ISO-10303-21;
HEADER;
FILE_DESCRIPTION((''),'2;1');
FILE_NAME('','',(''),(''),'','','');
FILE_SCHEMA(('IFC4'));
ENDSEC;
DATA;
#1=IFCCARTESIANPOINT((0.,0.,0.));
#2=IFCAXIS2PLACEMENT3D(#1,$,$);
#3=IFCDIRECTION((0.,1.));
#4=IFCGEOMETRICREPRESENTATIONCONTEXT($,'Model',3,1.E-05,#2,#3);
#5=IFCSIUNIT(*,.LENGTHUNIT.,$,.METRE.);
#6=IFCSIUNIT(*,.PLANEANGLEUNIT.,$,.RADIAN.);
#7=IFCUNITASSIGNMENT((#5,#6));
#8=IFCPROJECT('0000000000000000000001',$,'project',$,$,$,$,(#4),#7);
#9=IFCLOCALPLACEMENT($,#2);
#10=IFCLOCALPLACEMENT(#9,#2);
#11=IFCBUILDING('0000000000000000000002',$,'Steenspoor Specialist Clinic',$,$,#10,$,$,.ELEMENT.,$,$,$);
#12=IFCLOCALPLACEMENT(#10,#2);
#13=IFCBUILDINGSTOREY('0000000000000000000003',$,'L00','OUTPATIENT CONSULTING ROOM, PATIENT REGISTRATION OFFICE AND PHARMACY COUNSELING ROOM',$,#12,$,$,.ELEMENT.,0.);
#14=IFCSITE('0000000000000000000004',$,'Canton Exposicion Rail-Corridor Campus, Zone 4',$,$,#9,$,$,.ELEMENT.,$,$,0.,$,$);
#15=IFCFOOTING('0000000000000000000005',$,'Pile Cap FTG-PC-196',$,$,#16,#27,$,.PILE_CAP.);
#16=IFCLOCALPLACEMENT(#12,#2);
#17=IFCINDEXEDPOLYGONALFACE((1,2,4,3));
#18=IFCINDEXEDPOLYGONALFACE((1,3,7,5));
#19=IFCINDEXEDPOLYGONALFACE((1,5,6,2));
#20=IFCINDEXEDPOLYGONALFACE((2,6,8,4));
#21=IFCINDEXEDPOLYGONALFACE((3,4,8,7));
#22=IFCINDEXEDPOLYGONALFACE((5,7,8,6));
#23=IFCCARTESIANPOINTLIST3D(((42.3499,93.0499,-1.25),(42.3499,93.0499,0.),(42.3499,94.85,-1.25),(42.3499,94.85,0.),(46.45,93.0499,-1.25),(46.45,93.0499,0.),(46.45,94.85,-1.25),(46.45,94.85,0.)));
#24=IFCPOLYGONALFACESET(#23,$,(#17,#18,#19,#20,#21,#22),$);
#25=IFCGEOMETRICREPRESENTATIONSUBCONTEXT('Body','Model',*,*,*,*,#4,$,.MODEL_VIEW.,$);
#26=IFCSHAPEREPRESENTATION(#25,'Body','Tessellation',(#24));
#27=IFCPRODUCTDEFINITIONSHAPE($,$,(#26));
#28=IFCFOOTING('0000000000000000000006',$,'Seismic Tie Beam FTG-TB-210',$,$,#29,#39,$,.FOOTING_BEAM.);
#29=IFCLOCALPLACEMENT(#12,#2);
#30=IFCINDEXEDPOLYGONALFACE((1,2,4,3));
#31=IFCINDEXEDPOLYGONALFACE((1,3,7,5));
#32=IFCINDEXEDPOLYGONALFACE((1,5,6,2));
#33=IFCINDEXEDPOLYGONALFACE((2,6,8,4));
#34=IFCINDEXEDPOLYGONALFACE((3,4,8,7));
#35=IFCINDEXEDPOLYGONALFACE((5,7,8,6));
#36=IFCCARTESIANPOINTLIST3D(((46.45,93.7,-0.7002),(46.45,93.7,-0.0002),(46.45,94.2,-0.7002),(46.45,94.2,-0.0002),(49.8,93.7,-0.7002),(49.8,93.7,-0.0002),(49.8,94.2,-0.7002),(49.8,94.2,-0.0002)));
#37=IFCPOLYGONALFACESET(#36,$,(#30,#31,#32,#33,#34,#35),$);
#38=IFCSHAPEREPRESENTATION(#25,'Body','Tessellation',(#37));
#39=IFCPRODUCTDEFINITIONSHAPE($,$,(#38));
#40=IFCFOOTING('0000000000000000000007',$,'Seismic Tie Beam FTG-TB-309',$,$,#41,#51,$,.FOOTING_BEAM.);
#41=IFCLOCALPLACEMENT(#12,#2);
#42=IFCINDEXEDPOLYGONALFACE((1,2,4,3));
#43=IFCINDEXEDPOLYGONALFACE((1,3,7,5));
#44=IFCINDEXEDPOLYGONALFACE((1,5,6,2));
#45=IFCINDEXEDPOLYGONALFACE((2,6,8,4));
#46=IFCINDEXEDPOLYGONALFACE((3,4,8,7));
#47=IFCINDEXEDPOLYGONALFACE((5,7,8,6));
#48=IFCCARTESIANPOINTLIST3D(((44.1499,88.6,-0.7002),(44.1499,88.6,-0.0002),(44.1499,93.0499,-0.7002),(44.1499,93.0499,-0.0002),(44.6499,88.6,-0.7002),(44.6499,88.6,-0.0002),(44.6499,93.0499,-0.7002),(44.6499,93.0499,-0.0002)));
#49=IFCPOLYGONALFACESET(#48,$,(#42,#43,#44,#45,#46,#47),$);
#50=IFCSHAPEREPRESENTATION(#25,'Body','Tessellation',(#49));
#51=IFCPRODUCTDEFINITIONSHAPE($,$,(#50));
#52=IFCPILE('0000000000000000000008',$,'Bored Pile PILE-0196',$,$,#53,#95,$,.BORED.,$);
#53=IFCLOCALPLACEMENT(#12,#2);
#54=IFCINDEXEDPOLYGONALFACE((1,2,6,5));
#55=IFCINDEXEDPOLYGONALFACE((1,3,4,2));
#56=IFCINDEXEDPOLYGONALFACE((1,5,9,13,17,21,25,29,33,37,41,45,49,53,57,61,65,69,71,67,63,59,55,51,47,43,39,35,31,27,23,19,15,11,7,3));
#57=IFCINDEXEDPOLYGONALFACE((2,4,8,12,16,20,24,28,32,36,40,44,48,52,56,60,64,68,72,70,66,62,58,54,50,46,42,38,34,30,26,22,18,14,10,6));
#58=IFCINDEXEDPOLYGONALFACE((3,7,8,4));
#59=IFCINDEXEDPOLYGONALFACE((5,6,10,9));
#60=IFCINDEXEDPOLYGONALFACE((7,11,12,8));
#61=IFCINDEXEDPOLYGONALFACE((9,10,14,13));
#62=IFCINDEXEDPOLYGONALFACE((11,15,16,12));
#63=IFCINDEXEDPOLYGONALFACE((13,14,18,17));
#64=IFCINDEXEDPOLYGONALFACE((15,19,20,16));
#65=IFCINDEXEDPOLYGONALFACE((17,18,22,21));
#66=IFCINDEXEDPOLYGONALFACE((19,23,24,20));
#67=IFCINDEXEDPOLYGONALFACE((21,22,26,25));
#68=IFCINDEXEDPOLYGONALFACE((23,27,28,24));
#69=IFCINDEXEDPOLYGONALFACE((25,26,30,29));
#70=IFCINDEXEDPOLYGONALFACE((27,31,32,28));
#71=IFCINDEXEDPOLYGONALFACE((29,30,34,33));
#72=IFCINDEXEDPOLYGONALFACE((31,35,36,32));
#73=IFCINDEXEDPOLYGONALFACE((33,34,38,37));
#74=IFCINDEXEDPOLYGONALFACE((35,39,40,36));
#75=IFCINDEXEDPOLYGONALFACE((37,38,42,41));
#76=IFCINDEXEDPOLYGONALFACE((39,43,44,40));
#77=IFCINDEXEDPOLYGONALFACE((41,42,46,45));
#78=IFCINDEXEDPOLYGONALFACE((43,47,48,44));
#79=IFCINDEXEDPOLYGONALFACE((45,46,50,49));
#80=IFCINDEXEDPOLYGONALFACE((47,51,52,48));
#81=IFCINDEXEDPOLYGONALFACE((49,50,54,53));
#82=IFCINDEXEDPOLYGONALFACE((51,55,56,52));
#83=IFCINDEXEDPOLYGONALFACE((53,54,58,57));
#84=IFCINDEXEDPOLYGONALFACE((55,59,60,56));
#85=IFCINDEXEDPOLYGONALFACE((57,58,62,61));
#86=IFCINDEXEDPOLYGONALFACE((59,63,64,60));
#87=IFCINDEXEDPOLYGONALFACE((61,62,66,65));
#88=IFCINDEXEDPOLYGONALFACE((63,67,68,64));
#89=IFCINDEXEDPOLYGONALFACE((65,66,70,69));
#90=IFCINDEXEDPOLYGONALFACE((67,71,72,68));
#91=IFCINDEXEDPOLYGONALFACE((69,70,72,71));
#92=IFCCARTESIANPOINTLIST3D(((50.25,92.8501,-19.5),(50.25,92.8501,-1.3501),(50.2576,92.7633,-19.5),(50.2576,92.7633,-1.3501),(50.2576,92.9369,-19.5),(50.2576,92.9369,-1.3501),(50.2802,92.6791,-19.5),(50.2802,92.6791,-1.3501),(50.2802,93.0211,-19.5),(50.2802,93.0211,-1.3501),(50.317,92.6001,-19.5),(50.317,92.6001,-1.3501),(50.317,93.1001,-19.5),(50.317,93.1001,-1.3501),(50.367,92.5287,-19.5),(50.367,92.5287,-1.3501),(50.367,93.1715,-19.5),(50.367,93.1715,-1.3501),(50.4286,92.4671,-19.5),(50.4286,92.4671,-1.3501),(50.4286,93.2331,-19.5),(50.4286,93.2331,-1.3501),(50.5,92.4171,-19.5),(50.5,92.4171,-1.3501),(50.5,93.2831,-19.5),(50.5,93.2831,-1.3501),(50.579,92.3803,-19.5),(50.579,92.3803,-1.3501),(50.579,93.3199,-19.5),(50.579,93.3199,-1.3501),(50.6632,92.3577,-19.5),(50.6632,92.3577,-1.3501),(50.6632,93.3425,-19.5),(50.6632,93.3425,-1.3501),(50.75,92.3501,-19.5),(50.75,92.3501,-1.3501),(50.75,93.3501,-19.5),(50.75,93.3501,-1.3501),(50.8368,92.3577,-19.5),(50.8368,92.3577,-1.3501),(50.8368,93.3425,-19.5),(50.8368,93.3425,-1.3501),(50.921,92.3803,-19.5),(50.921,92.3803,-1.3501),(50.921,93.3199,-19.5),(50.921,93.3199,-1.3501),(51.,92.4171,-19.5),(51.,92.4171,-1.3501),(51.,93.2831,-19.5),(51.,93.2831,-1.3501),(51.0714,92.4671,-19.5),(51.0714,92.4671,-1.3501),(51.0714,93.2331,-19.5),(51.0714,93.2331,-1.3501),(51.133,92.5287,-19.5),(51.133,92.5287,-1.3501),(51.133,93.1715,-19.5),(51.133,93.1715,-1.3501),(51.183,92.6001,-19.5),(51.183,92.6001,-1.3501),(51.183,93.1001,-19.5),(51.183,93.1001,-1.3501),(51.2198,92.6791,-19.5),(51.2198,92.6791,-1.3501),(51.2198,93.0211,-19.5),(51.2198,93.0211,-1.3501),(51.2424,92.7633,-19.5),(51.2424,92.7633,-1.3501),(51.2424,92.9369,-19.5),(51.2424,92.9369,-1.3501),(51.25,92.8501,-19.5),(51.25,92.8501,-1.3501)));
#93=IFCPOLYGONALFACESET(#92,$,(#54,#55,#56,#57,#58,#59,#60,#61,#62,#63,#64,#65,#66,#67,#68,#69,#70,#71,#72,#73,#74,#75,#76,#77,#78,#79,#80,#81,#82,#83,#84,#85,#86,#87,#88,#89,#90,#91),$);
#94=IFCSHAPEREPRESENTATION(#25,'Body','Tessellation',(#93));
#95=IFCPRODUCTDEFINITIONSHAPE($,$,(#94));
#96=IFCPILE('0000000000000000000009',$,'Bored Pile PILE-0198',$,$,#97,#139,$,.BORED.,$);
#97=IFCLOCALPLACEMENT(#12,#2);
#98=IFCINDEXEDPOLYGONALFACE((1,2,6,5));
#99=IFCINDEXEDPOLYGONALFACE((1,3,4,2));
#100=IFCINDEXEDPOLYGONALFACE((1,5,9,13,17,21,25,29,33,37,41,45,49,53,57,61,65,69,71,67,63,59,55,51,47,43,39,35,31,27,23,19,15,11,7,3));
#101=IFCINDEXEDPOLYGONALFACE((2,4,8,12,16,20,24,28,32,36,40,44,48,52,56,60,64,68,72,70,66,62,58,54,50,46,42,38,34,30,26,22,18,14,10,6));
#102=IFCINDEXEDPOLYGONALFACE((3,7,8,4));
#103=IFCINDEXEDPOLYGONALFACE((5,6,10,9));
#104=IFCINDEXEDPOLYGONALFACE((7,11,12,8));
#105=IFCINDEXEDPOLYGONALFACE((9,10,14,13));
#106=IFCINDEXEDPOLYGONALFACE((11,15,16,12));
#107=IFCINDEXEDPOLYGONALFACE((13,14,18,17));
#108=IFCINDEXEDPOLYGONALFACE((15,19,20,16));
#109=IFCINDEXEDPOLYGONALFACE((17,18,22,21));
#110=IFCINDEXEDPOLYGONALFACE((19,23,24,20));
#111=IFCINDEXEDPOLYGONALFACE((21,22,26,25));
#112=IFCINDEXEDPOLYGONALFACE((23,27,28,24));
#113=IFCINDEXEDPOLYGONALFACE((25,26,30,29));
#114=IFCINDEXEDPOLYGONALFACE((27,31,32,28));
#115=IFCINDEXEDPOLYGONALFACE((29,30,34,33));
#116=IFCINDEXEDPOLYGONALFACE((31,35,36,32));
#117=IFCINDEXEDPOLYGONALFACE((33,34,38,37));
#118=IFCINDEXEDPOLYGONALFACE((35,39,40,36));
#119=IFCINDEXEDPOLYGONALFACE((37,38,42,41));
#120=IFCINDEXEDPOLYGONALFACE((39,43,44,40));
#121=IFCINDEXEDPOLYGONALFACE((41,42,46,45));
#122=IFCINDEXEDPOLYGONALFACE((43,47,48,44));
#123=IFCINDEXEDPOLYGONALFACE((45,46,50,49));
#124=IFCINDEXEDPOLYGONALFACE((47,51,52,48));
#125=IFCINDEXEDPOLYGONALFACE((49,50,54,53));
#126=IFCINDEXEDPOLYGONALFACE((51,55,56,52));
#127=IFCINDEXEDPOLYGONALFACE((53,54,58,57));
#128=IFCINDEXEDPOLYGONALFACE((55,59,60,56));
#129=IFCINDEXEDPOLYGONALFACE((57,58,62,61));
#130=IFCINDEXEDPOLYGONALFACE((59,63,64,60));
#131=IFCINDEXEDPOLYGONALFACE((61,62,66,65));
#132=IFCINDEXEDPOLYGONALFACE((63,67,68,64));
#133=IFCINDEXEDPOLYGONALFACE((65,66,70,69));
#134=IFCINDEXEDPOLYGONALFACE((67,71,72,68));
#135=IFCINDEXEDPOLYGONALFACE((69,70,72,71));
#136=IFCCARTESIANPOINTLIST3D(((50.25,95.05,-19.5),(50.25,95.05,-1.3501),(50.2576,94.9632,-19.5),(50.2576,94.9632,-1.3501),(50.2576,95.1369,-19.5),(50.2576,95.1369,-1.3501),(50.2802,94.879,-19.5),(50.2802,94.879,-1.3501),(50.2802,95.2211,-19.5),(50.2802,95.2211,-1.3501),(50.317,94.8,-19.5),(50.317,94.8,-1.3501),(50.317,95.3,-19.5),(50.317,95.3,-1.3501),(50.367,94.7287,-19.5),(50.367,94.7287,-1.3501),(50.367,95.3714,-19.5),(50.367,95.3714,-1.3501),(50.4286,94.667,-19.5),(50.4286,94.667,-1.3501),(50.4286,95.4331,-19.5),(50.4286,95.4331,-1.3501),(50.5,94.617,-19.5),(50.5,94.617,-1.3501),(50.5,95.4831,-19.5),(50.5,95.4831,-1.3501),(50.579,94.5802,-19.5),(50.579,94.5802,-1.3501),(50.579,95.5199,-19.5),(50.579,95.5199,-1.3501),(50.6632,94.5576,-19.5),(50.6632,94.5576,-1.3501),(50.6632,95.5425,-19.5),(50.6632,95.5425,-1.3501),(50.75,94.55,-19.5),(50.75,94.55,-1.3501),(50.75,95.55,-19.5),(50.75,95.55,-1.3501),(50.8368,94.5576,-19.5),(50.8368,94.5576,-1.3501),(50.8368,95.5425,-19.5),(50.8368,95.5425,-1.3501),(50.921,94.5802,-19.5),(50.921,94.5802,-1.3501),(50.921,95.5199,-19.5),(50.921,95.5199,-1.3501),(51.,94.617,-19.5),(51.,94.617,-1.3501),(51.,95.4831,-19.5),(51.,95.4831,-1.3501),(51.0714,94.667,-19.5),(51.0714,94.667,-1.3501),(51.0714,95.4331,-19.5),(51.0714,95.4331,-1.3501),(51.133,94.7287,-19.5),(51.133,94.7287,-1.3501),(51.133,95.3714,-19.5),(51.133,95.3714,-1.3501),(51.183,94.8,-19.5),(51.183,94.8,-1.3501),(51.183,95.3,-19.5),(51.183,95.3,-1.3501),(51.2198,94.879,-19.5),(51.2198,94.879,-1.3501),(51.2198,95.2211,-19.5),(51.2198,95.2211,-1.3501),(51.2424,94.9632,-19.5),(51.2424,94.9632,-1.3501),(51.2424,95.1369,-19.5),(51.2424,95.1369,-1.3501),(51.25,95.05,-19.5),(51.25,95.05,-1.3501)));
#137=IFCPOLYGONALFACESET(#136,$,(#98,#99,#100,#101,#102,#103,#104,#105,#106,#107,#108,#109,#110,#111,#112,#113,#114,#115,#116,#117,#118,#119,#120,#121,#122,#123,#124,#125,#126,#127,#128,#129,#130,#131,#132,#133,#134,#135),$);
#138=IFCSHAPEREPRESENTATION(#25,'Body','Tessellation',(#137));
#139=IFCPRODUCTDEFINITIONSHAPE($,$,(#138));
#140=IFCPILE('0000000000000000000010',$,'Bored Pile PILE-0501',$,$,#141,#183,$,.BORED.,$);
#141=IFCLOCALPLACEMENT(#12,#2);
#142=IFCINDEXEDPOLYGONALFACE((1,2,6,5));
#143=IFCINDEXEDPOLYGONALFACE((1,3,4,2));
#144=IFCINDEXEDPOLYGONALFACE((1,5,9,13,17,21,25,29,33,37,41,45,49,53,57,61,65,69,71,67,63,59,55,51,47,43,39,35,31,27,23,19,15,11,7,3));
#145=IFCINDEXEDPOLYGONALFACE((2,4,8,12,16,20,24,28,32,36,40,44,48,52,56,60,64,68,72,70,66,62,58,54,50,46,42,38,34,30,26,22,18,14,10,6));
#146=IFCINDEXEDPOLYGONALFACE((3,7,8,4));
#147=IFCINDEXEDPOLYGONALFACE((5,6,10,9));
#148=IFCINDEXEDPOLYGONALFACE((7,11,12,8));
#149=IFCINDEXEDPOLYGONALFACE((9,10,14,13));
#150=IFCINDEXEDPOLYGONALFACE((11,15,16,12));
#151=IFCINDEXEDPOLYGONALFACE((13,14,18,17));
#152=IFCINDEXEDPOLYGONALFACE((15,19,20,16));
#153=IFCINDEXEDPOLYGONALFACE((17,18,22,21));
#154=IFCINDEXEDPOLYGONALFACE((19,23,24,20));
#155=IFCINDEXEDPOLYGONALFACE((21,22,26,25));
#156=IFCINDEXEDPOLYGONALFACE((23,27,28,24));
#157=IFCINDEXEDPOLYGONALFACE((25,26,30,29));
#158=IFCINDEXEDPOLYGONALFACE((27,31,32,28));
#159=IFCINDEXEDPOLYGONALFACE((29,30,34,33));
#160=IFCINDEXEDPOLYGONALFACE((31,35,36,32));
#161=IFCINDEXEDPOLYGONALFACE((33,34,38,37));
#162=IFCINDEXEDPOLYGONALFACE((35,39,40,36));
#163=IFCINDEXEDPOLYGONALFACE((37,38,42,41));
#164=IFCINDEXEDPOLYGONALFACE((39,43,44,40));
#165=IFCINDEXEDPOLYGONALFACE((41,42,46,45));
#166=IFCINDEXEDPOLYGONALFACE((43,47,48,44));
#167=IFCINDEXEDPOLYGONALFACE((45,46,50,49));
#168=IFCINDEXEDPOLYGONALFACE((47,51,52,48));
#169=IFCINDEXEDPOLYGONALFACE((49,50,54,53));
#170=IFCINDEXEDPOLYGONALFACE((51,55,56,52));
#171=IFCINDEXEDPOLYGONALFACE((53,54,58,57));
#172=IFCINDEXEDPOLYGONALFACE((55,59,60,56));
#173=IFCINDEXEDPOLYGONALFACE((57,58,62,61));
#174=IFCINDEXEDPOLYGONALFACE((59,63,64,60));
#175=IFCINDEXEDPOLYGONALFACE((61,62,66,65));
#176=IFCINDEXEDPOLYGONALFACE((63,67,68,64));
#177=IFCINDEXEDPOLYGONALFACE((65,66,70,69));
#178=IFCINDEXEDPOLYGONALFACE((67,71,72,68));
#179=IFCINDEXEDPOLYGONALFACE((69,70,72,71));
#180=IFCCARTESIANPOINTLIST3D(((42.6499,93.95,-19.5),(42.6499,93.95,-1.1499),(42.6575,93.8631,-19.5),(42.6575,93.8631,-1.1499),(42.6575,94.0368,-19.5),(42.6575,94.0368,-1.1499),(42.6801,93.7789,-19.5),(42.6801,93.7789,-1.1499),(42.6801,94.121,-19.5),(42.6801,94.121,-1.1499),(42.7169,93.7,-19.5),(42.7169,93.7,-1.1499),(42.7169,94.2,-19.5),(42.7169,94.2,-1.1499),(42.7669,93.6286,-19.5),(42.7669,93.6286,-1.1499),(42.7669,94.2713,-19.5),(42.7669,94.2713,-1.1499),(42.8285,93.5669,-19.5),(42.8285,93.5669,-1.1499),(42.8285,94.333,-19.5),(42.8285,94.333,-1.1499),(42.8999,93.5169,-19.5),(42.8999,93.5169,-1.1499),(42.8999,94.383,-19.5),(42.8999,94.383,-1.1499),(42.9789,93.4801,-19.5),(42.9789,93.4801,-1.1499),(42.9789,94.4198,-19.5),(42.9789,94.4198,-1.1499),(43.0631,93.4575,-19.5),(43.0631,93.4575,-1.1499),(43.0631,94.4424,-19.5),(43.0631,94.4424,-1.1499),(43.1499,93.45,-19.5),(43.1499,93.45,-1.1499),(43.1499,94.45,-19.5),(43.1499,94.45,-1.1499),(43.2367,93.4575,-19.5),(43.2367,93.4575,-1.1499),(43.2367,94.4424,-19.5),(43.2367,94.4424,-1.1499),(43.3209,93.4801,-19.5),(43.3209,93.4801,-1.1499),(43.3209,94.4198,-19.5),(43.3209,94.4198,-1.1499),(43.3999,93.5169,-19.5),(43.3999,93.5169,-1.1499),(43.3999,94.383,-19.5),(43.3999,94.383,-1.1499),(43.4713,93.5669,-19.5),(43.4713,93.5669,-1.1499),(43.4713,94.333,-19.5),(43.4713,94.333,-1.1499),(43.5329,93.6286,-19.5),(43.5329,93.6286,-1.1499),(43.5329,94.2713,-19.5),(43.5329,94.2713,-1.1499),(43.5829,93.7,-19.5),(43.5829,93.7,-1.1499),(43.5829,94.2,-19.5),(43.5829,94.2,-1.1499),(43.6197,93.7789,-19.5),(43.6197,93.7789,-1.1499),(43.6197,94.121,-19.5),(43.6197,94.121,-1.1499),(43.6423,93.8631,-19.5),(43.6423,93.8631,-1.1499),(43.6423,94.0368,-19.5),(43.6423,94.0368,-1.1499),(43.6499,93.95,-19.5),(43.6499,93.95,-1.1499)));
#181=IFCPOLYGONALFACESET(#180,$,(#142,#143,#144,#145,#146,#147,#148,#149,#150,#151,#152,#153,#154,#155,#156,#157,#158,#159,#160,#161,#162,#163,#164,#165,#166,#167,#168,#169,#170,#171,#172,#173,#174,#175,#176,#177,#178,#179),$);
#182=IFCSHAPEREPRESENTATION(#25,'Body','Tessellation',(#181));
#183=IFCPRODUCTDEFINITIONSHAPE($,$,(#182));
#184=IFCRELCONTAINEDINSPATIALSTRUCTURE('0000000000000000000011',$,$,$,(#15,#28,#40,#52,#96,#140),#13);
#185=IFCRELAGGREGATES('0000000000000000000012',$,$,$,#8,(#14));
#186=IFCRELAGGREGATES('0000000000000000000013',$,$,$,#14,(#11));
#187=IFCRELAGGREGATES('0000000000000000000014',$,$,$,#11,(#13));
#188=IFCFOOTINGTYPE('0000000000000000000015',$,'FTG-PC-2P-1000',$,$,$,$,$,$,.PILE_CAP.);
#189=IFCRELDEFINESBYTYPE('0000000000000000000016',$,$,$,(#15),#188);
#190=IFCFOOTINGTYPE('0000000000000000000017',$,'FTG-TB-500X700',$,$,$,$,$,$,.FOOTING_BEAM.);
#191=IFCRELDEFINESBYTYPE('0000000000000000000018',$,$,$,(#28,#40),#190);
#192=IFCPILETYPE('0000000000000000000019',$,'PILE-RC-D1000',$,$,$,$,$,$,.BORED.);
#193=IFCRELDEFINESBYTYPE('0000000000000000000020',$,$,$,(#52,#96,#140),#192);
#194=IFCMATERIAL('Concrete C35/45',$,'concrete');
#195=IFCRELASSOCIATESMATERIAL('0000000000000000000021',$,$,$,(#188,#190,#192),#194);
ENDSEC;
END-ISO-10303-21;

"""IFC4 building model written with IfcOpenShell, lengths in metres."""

from ifc_helpers import new_model, si_unit, direction, frame, origin, origin_2d, place, context, subcontext, project, spatial, rectangle, circle, extrude, material, material_profile, profile_set, type_object, element, save


model = new_model("IFC4")

# Units and contexts
model_context = context("Model", 3, precision=1e-05, world=origin(), true_north=direction((0.0, 1.0)))
body_context = subcontext(model_context, "Body", "Model", "MODEL_VIEW")
ifc_project = project(units=[si_unit("LENGTHUNIT", "METRE"), si_unit("PLANEANGLEUNIT", "RADIAN")], contexts=[model_context])

# Site, building, storey
site_placement = place(None, origin())
site = spatial("IfcSite", under=ifc_project, at=site_placement, Name="Canton Exposicion Rail-Corridor Campus, Zone 4", CompositionType="ELEMENT", RefElevation=0.0)
building_placement = place(site_placement, origin())
building = spatial("IfcBuilding", under=site, at=building_placement, Name="Steenspoor Specialist Clinic", CompositionType="ELEMENT")
storey_placement = place(building_placement, origin())
storey = spatial("IfcBuildingStorey", under=building, at=storey_placement, Name="L00", Description="OUTPATIENT CONSULTING ROOM, PATIENT REGISTRATION OFFICE AND PHARMACY COUNSELING ROOM", CompositionType="ELEMENT", Elevation=0.0)

# Footings
ifc_material_1 = material(Name="Concrete C35/45", Category="concrete")
footing_type_1 = type_object("IfcFootingType", Name="FTG-PC-2P-1000", PredefinedType="PILE_CAP", material=ifc_material_1)
footing_1_placement = place(storey_placement, frame((44.3999, 93.95, -1.25), z_axis=(0.0, 0.0, 1.0), x_axis=(1.0, 0.0, 0.0)))
element("IfcFooting", 1, at=footing_1_placement, inside=storey, type_object=footing_type_1, Name="Pile Cap FTG-PC-196", PredefinedType="PILE_CAP", context=body_context, shape_type="SweptSolid", body=[
    extrude(rectangle(XDim=4.1001, YDim=1.8, at=origin_2d()), origin(), (0.0, 0.0, 1.0), 1.25),
])
footing_type_2 = type_object("IfcFootingType", Name="FTG-TB-500X700", PredefinedType="FOOTING_BEAM", material=ifc_material_1)
footing_2_placement = place(storey_placement, frame((48.125, 93.95, -0.7002), z_axis=(0.0, 0.0, 1.0), x_axis=(1.0, 0.0, 0.0)))
element("IfcFooting", 2, at=footing_2_placement, inside=storey, type_object=footing_type_2, Name="Seismic Tie Beam FTG-TB-210", PredefinedType="FOOTING_BEAM", context=body_context, shape_type="SweptSolid", body=[
    extrude(rectangle(XDim=3.3501, YDim=0.5, at=origin_2d()), origin(), (0.0, 0.0, 1.0), 0.7),
])
footing_3_placement = place(storey_placement, frame((44.3999, 90.825, -0.7002), z_axis=(0.0, 0.0, 1.0), x_axis=(1.0, 0.0, 0.0)))
element("IfcFooting", 3, at=footing_3_placement, inside=storey, type_object=footing_type_2, Name="Seismic Tie Beam FTG-TB-309", PredefinedType="FOOTING_BEAM", context=body_context, shape_type="SweptSolid", body=[
    extrude(rectangle(XDim=0.5, YDim=4.45, at=origin_2d()), origin(), (0.0, 0.0, 1.0), 0.7),
])

# Piles
ifc_material_profile_1 = material_profile(ifc_material_1, circle(Radius=0.5, at=origin_2d()), Name="PILE-D1000")
ifc_profile_set_1 = profile_set([ifc_material_profile_1], Name="Concrete C35/45")
pile_type = type_object("IfcPileType", Name="PILE-RC-D1000", PredefinedType="BORED", material=ifc_profile_set_1)
for number, where, z_axis, x_axis, name in (
    (4, (50.75, 92.8501, -1.3501), (0.0, 0.0, -1.0), (1.0, 0.0, 0.0), "Bored Pile PILE-0196"),
    (5, (50.75, 95.05, -1.3501), (0.0, 0.0, -1.0), (1.0, 0.0, 0.0), "Bored Pile PILE-0198"),
):
    element("IfcPile", number, at=place(storey_placement, frame(where, z_axis=z_axis, x_axis=x_axis)), inside=storey, type_object=pile_type, Name=name, PredefinedType="BORED", context=body_context, shape_type="SweptSolid", body=[
        extrude(circle(Radius=0.5, at=origin_2d()), origin(), (0.0, 0.0, 1.0), 18.1499),
    ])
for number, where, z_axis, x_axis, name in (
    (6, (43.1499, 93.95, -1.1499), (0.0, 0.0, -1.0), (1.0, 0.0, 0.0), "Bored Pile PILE-0501"),
):
    element("IfcPile", number, at=place(storey_placement, frame(where, z_axis=z_axis, x_axis=x_axis)), inside=storey, type_object=pile_type, Name=name, PredefinedType="BORED", context=body_context, shape_type="SweptSolid", body=[
        extrude(circle(Radius=0.5, at=origin_2d()), origin(), (0.0, 0.0, 1.0), 18.3501),
    ])

save(model, "model.ifc")
